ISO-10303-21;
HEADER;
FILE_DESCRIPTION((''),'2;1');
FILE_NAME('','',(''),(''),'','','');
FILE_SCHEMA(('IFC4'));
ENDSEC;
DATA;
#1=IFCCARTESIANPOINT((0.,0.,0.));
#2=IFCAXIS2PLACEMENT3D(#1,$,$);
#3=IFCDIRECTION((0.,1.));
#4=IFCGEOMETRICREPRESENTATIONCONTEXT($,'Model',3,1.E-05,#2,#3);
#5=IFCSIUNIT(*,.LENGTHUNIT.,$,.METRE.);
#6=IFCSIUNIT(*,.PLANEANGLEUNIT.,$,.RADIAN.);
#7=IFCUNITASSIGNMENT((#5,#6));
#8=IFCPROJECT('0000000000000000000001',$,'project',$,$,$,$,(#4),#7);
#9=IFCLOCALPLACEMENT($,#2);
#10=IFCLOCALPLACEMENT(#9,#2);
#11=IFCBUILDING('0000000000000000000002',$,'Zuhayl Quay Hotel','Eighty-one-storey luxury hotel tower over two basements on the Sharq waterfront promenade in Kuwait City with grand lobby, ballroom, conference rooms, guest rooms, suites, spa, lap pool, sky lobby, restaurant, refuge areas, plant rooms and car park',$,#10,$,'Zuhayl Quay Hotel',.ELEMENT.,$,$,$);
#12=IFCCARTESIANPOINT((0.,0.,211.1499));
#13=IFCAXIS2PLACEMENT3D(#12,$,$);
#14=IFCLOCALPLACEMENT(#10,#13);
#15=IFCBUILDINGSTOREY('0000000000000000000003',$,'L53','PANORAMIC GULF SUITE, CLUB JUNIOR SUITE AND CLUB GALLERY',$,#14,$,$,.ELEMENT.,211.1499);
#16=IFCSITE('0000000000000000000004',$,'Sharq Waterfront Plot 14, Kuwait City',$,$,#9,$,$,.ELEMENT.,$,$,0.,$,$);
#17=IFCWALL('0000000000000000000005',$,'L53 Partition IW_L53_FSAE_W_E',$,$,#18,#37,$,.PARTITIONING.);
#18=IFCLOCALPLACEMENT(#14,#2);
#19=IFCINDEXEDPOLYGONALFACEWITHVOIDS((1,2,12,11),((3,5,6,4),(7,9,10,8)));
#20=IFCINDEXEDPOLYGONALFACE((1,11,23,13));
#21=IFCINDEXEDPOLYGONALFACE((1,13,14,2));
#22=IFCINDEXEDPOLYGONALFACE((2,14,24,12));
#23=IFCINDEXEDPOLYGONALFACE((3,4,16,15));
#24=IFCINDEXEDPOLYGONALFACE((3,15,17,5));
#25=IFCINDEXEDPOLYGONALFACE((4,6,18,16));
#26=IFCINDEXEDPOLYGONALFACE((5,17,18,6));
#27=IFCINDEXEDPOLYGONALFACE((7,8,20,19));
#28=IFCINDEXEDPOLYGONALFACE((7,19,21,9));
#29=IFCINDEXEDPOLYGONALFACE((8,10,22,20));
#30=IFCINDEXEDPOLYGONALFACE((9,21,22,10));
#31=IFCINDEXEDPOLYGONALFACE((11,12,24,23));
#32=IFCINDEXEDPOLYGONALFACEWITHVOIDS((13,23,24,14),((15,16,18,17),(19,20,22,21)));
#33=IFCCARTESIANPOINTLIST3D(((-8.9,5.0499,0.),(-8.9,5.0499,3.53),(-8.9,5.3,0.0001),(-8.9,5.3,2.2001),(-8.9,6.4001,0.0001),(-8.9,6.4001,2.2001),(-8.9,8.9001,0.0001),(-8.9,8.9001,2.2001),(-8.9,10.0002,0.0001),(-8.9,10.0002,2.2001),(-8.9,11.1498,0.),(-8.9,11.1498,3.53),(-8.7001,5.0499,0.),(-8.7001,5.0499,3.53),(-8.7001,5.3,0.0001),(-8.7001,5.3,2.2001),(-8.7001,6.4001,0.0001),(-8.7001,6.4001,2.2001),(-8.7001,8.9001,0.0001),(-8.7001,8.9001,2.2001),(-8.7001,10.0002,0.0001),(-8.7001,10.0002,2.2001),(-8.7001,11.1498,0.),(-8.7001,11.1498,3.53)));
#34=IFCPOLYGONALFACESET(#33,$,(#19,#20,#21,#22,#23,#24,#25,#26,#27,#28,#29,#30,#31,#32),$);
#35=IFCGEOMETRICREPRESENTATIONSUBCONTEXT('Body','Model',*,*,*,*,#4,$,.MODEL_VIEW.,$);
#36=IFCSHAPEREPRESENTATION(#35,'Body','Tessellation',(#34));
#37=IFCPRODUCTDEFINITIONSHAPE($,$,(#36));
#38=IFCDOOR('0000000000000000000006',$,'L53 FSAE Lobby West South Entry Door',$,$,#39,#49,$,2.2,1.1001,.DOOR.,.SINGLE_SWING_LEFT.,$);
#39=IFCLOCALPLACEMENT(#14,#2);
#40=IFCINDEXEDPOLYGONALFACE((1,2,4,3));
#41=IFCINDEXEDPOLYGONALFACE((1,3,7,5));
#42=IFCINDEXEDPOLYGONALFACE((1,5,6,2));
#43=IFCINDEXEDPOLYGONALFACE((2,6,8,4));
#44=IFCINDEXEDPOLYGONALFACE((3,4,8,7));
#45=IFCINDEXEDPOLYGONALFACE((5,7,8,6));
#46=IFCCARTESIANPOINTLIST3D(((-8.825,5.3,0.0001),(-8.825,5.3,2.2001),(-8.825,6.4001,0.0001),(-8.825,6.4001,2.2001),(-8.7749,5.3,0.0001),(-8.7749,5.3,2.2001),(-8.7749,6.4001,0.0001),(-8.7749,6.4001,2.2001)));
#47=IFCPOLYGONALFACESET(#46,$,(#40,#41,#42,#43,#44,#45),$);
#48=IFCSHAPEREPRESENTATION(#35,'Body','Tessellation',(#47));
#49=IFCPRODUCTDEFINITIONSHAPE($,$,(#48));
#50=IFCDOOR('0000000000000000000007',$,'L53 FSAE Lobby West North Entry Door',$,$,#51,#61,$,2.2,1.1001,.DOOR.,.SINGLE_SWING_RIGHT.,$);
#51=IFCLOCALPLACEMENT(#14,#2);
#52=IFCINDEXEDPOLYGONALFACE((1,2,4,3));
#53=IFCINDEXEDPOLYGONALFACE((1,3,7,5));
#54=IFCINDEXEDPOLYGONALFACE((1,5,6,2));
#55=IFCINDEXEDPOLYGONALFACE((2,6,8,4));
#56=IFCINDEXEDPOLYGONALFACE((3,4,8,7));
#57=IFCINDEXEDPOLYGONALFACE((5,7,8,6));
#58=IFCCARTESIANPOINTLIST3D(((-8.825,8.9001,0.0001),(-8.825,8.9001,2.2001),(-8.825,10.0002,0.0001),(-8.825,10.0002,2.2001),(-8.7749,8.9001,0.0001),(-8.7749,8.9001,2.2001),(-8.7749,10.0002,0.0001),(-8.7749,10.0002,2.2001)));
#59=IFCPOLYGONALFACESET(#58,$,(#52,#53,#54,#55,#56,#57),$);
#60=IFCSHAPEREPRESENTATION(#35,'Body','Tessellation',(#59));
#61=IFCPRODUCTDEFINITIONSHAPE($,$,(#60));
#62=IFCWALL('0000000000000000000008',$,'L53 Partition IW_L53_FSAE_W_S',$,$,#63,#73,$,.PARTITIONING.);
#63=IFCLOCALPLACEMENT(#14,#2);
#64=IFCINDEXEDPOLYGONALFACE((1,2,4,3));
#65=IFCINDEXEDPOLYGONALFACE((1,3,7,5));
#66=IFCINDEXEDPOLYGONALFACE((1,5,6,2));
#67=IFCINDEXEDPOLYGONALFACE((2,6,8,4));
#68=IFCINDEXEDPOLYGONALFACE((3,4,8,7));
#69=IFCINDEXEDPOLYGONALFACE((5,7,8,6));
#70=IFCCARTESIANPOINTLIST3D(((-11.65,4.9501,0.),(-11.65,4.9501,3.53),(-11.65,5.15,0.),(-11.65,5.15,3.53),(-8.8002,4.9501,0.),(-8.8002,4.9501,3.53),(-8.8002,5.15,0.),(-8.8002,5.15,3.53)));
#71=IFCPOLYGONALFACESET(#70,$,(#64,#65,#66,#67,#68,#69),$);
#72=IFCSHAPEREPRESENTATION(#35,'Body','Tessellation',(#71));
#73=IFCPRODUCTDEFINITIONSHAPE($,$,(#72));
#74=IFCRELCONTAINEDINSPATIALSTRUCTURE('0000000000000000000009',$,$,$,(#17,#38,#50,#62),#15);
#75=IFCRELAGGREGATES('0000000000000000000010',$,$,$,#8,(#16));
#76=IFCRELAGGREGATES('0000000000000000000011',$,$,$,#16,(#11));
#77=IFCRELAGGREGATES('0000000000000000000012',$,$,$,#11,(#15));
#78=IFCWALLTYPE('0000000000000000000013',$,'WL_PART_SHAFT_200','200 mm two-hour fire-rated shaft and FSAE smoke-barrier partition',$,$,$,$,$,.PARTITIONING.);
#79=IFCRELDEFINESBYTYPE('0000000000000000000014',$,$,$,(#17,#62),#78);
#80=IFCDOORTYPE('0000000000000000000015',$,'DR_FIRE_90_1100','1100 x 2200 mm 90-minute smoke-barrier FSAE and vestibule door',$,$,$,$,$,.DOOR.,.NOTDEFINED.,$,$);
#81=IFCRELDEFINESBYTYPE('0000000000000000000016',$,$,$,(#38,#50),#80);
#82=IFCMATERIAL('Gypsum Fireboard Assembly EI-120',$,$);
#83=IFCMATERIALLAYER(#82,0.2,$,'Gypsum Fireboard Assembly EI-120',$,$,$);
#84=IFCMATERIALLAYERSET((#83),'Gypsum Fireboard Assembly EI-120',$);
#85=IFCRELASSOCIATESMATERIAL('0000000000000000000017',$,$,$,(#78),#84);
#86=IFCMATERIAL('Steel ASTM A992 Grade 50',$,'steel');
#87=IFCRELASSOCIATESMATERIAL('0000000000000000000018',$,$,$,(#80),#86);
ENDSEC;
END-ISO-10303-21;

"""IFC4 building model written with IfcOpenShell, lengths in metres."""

from ifc_helpers import new_model, si_unit, direction, frame, frame_2d, origin, place, context, subcontext, project, spatial, rectangle, extrude, material, layer, layer_set, type_object, element, fill, save


model = new_model("IFC4")

# Units and contexts
model_context = context("Model", 3, precision=1e-05, world=origin(), true_north=direction((0.0, 1.0)))
body_context = subcontext(model_context, "Body", "Model", "MODEL_VIEW")
ifc_project = project(units=[si_unit("LENGTHUNIT", "METRE"), si_unit("PLANEANGLEUNIT", "RADIAN")], contexts=[model_context])

# Site, building, storey
site_placement = place(None, origin())
site = spatial("IfcSite", under=ifc_project, at=site_placement, Name="Sharq Waterfront Plot 14, Kuwait City", CompositionType="ELEMENT", RefElevation=0.0)
building_placement = place(site_placement, origin())
building = spatial("IfcBuilding", under=site, at=building_placement, Name="Zuhayl Quay Hotel", Description="Eighty-one-storey luxury hotel tower over two basements on the Sharq waterfront promenade in Kuwait City with grand lobby, ballroom, conference rooms, guest rooms, suites, spa, lap pool, sky lobby, restaurant, refuge areas, plant rooms and car park", LongName="Zuhayl Quay Hotel", CompositionType="ELEMENT")
storey_placement = place(building_placement, frame((0.0, 0.0, 211.1499)))
storey = spatial("IfcBuildingStorey", under=building, at=storey_placement, Name="L53", Description="PANORAMIC GULF SUITE, CLUB JUNIOR SUITE AND CLUB GALLERY", CompositionType="ELEMENT", Elevation=211.1499)

# Shared definitions
ifc_material_1 = material(Name="Steel ASTM A992 Grade 50", Category="steel")

# Wall, openings, doors
ifc_material_2 = material(Name="Gypsum Fireboard Assembly EI-120")
ifc_layer_1 = layer(ifc_material_2, 0.2, Name="Gypsum Fireboard Assembly EI-120")
ifc_layer_set_1 = layer_set([ifc_layer_1], Name="Gypsum Fireboard Assembly EI-120")
wall_type_1 = type_object("IfcWallType", Name="WL_PART_SHAFT_200", Description="200 mm two-hour fire-rated shaft and FSAE smoke-barrier partition", PredefinedType="PARTITIONING", material=ifc_layer_set_1)
wall_1_placement = place(storey_placement, frame((-8.8, 5.05, 0.0), z_axis=(0.0, 0.0, 1.0), x_axis=(0.0, 1.0, 0.0)))
wall_1 = element("IfcWall", 1, at=wall_1_placement, inside=storey, type_object=wall_type_1, Name="L53 Partition IW_L53_FSAE_W_E", PredefinedType="PARTITIONING", context=body_context, shape_type="SweptSolid", body=[
    extrude(rectangle(XDim=6.0999, YDim=0.2, at=frame_2d((3.0498, 0.0))), origin(), (0.0, 0.0, 1.0), 3.53),
])
opening_1_placement = place(wall_1_placement, frame((0.25, 0.0, 0.0)))
opening_1 = element("IfcOpeningElement", 2, at=opening_1_placement, cuts=wall_1, PredefinedType="OPENING", context=body_context, shape_type="SweptSolid", body=[
    extrude(rectangle(XDim=1.1001, YDim=2.2, at=frame_2d((0.55, 1.1001))), frame((0.0, 0.1099, 0.0), z_axis=(0.0, -1.0, 0.0), x_axis=(1.0, 0.0, 0.0)), (0.0, 0.0, 1.0), 0.22),
])
opening_2_placement = place(wall_1_placement, frame((3.8501, 0.0, 0.0)))
opening_2 = element("IfcOpeningElement", 3, at=opening_2_placement, cuts=wall_1, PredefinedType="OPENING", context=body_context, shape_type="SweptSolid", body=[
    extrude(rectangle(XDim=1.1001, YDim=2.2, at=frame_2d((0.55, 1.1001))), frame((0.0, 0.1099, 0.0), z_axis=(0.0, -1.0, 0.0), x_axis=(1.0, 0.0, 0.0)), (0.0, 0.0, 1.0), 0.22),
])
door_type_1 = type_object("IfcDoorType", Name="DR_FIRE_90_1100", Description="1100 x 2200 mm 90-minute smoke-barrier FSAE and vestibule door", OperationType="NOTDEFINED", PredefinedType="DOOR", material=ifc_material_1)
door_1_placement = place(opening_1_placement, origin())
door_1 = element("IfcDoor", 4, at=door_1_placement, inside=storey, type_object=door_type_1, Name="L53 FSAE Lobby West South Entry Door", OperationType="SINGLE_SWING_LEFT", OverallHeight=2.2, OverallWidth=1.1001, PredefinedType="DOOR", context=body_context, shape_type="SweptSolid", body=[
    extrude(rectangle(XDim=1.1001, YDim=2.2, at=frame_2d((0.55, 1.1001))), frame((0.0, 0.0249, 0.0), z_axis=(0.0, -1.0, 0.0), x_axis=(1.0, 0.0, 0.0)), (0.0, 0.0, 1.0), 0.05),
])
fill(opening_1, door_1)
door_2_placement = place(opening_2_placement, origin())
door_2 = element("IfcDoor", 5, at=door_2_placement, inside=storey, type_object=door_type_1, Name="L53 FSAE Lobby West North Entry Door", OperationType="SINGLE_SWING_RIGHT", OverallHeight=2.2, OverallWidth=1.1001, PredefinedType="DOOR", context=body_context, shape_type="SweptSolid", body=[
    extrude(rectangle(XDim=1.1001, YDim=2.2, at=frame_2d((0.55, 1.1001))), frame((0.0, 0.0249, 0.0), z_axis=(0.0, -1.0, 0.0), x_axis=(1.0, 0.0, 0.0)), (0.0, 0.0, 1.0), 0.05),
])
fill(opening_2, door_2)

# Wall
wall_2_placement = place(storey_placement, frame((-11.6499, 5.05, 0.0), z_axis=(0.0, 0.0, 1.0), x_axis=(1.0, 0.0, 0.0)))
element("IfcWall", 6, at=wall_2_placement, inside=storey, type_object=wall_type_1, Name="L53 Partition IW_L53_FSAE_W_S", PredefinedType="PARTITIONING", context=body_context, shape_type="SweptSolid", body=[
    extrude(rectangle(XDim=2.8499, YDim=0.2, at=frame_2d((1.4248, 0.0))), origin(), (0.0, 0.0, 1.0), 3.53),
])

save(model, "model.ifc")
